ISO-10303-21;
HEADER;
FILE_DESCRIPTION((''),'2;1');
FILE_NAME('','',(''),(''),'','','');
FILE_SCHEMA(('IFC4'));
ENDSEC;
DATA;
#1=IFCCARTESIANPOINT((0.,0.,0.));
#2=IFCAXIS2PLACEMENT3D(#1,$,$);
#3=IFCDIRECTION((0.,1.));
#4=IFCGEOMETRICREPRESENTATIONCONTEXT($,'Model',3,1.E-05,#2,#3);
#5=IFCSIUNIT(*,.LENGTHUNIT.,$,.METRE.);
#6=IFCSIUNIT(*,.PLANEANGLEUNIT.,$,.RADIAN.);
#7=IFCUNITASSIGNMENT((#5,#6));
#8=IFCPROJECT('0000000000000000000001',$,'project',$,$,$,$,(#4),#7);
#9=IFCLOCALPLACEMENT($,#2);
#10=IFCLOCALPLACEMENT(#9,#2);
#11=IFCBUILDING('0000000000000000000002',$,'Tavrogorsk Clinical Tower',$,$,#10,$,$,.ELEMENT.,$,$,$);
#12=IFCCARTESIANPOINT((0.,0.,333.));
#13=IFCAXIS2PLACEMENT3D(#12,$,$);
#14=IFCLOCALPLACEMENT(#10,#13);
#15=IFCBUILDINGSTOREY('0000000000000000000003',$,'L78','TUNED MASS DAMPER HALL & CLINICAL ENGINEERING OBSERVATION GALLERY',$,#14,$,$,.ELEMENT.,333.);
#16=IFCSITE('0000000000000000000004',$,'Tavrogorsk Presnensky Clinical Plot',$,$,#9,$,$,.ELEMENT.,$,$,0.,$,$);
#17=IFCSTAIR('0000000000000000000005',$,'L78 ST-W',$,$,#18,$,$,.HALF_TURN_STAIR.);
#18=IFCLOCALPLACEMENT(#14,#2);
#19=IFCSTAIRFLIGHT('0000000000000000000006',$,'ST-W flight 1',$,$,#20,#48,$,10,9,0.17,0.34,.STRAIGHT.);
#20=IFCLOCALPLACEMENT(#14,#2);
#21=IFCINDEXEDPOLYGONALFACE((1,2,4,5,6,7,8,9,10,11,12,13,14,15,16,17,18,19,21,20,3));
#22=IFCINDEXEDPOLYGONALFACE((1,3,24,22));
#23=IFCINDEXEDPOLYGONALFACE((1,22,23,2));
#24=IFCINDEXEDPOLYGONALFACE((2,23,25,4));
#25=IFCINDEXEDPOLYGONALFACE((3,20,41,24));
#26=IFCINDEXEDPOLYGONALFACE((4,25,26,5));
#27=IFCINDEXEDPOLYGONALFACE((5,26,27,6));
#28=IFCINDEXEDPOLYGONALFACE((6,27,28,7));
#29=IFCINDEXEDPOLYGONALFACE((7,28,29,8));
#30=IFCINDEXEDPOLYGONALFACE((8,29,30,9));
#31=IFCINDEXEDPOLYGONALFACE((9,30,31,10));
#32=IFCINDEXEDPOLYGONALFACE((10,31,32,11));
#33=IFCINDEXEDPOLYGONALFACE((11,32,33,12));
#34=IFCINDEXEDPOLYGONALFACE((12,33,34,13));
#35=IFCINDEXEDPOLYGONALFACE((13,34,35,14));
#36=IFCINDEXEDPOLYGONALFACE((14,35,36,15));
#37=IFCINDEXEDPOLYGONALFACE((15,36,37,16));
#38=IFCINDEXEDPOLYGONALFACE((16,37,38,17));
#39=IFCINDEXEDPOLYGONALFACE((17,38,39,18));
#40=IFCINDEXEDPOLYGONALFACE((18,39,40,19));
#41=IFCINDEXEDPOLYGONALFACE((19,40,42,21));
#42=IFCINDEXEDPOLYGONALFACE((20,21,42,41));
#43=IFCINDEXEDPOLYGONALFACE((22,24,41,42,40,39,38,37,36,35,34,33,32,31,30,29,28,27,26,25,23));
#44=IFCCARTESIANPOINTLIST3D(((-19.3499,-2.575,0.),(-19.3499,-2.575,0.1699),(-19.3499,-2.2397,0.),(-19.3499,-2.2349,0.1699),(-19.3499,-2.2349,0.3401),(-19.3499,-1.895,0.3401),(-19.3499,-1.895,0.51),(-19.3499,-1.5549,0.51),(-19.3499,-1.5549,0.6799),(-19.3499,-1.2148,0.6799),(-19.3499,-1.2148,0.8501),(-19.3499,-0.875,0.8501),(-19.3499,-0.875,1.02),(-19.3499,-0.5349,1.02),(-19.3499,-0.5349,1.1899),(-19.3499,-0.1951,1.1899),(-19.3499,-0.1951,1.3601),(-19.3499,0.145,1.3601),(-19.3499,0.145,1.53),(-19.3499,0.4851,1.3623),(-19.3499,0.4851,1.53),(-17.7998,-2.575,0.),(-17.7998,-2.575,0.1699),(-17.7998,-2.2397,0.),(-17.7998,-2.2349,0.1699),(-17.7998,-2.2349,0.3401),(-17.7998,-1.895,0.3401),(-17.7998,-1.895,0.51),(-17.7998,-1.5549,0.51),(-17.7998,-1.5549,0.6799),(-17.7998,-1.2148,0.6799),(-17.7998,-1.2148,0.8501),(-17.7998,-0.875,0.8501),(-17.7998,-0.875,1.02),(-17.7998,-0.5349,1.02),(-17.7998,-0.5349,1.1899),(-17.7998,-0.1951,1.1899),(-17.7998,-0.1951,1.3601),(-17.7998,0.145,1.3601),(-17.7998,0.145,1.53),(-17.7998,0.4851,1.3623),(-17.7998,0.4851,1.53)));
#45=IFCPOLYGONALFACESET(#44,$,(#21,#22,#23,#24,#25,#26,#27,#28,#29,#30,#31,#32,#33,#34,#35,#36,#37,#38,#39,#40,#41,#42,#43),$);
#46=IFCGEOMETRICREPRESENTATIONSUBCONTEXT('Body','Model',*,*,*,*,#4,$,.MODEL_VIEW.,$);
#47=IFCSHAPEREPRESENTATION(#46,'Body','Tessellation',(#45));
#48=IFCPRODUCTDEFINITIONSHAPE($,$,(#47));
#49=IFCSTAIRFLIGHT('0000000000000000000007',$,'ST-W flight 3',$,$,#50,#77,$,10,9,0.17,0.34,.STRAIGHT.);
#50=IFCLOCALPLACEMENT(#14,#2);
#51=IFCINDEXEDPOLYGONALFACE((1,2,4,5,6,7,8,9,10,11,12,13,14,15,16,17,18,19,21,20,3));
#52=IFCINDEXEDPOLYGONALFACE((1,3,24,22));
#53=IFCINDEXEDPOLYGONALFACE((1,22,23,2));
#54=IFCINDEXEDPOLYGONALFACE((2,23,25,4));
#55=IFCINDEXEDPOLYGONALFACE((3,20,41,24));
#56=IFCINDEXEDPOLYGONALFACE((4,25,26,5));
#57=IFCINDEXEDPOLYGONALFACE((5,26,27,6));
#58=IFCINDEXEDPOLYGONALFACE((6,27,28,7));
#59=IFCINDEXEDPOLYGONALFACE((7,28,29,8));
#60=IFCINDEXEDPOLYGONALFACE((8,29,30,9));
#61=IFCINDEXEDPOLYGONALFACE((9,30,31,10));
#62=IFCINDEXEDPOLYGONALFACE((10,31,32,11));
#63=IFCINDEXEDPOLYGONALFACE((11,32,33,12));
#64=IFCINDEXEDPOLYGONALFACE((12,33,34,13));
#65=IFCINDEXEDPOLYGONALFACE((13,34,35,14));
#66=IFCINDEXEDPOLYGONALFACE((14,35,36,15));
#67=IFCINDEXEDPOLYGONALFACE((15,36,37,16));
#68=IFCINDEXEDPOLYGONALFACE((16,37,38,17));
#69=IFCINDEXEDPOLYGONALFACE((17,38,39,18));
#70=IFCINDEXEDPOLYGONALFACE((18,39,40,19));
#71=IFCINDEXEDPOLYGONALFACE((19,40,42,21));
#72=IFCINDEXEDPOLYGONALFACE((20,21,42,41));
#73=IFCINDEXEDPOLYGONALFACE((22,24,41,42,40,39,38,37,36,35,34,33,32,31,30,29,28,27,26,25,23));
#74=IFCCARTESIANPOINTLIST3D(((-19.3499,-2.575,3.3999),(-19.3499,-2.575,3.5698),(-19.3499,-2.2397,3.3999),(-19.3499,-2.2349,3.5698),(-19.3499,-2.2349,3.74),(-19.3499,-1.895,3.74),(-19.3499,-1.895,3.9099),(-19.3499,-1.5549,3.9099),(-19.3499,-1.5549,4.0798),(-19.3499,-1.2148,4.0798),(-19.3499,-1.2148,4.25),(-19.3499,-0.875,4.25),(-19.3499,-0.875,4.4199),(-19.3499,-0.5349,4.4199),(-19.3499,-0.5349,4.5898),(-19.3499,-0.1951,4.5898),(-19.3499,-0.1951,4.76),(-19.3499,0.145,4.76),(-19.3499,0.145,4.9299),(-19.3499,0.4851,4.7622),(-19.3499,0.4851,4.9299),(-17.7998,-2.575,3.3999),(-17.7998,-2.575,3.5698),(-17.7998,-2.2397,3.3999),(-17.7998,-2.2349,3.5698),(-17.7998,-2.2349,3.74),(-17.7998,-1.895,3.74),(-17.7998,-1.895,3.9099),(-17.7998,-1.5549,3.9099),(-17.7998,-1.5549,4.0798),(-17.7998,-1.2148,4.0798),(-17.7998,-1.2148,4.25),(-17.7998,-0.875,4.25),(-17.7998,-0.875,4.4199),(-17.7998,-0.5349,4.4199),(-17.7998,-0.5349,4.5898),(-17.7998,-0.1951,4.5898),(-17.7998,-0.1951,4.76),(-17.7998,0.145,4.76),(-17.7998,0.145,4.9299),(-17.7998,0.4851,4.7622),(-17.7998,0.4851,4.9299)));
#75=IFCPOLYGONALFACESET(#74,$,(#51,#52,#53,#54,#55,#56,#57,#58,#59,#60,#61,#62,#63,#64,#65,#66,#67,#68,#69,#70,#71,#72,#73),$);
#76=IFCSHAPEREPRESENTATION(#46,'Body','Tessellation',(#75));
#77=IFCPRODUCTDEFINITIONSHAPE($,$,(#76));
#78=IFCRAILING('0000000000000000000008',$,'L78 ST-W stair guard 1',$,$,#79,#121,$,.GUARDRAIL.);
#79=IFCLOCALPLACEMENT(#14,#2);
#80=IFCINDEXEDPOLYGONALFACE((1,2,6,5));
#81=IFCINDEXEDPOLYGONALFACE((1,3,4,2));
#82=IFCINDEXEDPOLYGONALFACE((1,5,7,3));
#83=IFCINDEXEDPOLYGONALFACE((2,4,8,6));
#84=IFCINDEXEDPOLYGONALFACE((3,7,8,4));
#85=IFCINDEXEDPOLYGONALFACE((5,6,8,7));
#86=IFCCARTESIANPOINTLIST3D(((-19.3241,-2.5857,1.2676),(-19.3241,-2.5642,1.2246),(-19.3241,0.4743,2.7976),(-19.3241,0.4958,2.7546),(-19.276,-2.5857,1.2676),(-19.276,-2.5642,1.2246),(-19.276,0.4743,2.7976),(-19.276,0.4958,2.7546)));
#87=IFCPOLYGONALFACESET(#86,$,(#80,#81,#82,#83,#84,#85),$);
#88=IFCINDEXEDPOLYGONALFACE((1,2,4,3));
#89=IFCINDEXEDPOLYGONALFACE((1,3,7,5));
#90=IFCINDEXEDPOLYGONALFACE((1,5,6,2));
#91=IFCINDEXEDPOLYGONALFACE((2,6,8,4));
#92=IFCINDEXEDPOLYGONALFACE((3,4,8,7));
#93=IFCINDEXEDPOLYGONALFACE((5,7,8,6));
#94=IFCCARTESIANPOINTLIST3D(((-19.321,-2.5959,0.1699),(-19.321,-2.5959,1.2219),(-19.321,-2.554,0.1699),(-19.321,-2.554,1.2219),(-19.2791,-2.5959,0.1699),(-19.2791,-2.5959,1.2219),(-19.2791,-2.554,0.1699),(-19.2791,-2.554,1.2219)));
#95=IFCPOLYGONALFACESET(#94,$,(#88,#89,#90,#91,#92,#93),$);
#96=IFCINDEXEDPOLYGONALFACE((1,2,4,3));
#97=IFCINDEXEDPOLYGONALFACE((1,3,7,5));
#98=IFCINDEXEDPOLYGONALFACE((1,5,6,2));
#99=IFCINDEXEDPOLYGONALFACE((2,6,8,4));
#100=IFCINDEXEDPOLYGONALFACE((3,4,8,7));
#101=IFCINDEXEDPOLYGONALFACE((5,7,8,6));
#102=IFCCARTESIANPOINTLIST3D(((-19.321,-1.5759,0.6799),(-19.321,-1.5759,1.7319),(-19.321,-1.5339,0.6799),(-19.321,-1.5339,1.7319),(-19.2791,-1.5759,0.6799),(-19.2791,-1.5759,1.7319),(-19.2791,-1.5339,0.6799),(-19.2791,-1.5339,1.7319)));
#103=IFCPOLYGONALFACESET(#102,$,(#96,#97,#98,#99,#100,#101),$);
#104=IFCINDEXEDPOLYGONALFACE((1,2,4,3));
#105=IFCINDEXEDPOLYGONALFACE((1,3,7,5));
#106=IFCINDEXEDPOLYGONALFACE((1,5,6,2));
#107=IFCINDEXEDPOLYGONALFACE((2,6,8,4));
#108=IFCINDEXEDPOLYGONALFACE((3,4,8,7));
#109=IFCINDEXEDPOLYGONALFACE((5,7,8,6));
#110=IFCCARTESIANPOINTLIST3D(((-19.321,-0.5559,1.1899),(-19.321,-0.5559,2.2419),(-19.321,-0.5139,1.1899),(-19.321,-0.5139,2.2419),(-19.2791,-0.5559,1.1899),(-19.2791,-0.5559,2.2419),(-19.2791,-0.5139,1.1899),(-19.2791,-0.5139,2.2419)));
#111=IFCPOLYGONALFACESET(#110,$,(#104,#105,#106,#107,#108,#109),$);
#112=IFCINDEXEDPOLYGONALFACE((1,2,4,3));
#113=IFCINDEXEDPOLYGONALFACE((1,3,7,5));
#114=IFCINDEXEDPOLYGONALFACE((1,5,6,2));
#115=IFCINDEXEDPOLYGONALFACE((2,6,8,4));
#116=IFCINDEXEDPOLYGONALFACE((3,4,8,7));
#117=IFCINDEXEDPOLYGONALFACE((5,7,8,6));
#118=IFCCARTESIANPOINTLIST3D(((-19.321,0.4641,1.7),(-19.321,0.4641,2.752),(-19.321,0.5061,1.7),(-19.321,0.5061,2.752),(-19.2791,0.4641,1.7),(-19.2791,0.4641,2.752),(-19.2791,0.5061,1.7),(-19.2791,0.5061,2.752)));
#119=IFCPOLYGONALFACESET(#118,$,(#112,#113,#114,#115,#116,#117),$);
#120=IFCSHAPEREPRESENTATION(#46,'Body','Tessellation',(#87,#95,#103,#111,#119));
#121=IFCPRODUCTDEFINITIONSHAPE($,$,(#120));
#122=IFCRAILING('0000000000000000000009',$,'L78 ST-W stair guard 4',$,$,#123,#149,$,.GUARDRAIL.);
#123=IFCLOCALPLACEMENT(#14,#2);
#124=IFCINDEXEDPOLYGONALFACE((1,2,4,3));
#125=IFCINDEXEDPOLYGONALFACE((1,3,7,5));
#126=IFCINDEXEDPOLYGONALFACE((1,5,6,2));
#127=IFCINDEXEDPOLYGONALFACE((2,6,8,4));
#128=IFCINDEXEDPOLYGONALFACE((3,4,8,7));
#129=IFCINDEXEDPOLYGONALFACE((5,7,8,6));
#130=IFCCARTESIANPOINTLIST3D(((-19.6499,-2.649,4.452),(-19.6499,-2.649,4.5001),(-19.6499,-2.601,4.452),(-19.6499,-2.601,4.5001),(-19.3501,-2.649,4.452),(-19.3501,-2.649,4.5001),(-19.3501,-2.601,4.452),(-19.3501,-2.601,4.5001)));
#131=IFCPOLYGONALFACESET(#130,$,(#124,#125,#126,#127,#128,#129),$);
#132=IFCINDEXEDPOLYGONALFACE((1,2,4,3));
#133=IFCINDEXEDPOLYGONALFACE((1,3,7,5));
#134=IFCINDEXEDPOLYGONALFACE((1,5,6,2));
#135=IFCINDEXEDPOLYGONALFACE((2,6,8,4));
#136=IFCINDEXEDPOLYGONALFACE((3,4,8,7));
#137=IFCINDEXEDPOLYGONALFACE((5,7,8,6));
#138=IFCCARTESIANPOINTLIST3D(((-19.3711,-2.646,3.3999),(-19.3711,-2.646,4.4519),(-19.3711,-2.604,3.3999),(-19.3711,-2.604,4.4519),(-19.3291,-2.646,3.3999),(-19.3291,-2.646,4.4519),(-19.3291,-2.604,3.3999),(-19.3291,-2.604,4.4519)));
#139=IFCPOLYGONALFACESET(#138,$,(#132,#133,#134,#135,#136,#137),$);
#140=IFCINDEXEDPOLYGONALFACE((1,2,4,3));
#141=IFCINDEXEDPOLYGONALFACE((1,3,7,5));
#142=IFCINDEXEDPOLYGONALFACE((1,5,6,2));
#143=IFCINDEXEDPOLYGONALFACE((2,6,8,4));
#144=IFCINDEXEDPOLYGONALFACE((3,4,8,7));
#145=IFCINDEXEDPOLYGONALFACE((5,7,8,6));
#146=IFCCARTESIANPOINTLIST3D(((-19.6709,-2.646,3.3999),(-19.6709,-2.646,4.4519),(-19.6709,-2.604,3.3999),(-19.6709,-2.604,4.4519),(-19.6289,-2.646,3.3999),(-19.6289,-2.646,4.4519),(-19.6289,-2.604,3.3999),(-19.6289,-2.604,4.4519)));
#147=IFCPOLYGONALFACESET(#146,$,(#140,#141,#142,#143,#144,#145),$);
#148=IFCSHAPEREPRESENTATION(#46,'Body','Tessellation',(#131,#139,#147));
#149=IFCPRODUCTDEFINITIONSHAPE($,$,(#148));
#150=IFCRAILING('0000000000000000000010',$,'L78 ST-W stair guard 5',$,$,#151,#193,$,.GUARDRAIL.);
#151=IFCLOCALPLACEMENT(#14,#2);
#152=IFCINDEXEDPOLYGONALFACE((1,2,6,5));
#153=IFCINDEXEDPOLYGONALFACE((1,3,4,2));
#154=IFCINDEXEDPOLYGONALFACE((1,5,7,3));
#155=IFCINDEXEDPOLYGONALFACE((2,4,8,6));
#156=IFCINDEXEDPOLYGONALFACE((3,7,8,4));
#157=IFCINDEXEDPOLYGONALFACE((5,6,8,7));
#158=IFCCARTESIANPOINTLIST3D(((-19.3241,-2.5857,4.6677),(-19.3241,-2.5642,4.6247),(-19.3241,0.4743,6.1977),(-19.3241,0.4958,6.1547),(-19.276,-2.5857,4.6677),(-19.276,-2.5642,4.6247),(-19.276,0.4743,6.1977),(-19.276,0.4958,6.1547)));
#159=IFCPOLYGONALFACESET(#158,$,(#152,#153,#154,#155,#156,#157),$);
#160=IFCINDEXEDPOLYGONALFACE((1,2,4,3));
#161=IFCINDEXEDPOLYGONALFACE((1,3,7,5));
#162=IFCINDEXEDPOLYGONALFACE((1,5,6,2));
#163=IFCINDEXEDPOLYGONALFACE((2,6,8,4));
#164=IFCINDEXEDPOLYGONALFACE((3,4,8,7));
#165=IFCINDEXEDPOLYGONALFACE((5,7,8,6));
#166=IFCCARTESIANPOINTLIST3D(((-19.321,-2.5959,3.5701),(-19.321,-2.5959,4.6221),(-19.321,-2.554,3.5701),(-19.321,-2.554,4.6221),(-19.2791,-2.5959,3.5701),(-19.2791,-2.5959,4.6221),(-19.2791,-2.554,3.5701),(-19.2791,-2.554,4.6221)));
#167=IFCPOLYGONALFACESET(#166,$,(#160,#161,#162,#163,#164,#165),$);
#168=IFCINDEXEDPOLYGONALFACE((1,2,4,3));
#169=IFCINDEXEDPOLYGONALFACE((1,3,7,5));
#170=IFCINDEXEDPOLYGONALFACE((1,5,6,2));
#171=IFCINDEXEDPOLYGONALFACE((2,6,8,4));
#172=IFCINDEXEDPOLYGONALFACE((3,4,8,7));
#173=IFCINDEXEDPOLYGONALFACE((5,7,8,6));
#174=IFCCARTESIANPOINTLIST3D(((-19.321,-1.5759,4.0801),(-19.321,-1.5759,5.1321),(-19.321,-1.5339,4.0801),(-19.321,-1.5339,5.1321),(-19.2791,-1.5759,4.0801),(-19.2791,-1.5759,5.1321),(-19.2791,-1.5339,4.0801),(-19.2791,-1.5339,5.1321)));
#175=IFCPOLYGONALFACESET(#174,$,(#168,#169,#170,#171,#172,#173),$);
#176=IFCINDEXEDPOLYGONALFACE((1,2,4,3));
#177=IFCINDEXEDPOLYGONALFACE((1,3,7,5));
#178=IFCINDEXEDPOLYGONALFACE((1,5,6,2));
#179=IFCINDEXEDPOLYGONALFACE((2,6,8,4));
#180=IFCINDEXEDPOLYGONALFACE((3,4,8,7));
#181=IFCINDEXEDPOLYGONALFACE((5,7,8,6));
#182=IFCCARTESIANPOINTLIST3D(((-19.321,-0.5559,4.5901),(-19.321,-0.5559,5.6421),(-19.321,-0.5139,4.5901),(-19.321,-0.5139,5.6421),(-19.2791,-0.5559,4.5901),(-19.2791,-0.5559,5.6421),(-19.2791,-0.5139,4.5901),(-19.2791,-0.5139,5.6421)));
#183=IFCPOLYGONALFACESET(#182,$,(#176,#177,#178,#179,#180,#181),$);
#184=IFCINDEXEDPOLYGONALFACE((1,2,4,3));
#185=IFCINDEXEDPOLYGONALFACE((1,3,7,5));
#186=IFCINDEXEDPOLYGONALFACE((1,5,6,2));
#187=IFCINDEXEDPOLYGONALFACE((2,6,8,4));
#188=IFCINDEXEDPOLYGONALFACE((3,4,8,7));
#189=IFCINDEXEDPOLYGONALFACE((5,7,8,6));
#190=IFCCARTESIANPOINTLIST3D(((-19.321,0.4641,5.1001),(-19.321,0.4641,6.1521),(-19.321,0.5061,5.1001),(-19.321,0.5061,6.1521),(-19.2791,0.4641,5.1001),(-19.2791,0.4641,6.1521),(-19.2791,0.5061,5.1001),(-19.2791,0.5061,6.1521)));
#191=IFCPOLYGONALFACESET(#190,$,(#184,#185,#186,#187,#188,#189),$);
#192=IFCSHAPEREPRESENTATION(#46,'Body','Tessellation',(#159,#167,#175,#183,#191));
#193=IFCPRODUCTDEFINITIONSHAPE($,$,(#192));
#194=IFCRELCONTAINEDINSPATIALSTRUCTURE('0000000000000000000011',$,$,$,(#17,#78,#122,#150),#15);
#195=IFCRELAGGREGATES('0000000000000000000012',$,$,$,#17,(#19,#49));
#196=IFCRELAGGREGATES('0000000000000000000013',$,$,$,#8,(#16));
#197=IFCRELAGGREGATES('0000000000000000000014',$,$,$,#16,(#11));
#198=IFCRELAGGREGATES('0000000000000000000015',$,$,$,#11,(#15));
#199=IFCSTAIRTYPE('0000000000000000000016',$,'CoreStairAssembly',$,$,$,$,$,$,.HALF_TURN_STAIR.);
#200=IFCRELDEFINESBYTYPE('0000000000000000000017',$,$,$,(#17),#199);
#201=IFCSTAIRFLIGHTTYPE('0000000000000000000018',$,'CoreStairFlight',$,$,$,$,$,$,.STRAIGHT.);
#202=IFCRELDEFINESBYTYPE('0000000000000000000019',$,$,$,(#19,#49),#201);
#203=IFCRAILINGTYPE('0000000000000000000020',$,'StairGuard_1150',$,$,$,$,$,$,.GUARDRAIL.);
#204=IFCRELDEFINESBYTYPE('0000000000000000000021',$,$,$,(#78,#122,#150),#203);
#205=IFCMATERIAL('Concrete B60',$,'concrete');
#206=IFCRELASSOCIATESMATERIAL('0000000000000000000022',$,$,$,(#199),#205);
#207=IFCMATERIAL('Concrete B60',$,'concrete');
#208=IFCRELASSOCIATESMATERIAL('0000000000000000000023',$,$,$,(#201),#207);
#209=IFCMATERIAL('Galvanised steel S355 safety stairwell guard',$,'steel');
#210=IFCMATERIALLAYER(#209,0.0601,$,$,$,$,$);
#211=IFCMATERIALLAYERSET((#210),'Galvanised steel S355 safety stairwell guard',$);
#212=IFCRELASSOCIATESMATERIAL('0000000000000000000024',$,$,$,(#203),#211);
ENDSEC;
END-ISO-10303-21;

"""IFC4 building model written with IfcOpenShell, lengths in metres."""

from ifc_helpers import new_model, si_unit, direction, frame, origin, origin_2d, place, context, subcontext, project, spatial, polyline, rectangle, outline, extrude, material, layer, layer_set, type_object, element, aggregate, save


model = new_model("IFC4")

# Units and contexts
model_context = context("Model", 3, precision=1e-05, world=origin(), true_north=direction((0.0, 1.0)))
body_context = subcontext(model_context, "Body", "Model", "MODEL_VIEW")
ifc_project = project(units=[si_unit("LENGTHUNIT", "METRE"), si_unit("PLANEANGLEUNIT", "RADIAN")], contexts=[model_context])

# Site, building, storey
site_placement = place(None, origin())
site = spatial("IfcSite", under=ifc_project, at=site_placement, Name="Tavrogorsk Presnensky Clinical Plot", CompositionType="ELEMENT", RefElevation=0.0)
building_placement = place(site_placement, origin())
building = spatial("IfcBuilding", under=site, at=building_placement, Name="Tavrogorsk Clinical Tower", CompositionType="ELEMENT")
storey_placement = place(building_placement, frame((0.0, 0.0, 333.0)))
storey = spatial("IfcBuildingStorey", under=building, at=storey_placement, Name="L78", Description="TUNED MASS DAMPER HALL & CLINICAL ENGINEERING OBSERVATION GALLERY", CompositionType="ELEMENT", Elevation=333.0)

# Stair, stair flights
ifc_material_1 = material(Name="Concrete B60", Category="concrete")
stair_type = type_object("IfcStairType", Name="CoreStairAssembly", PredefinedType="HALF_TURN_STAIR", material=ifc_material_1)
stair_placement = place(storey_placement, origin())
stair = element("IfcStair", 1, at=stair_placement, inside=storey, type_object=stair_type, Name="L78 ST-W", PredefinedType="HALF_TURN_STAIR")
ifc_material_2 = material(Name="Concrete B60", Category="concrete")
stair_flight_type = type_object("IfcStairFlightType", Name="CoreStairFlight", PredefinedType="STRAIGHT", material=ifc_material_2)
stair_flight_1_placement = place(storey_placement, frame((-18.575, -2.575, 0.0), z_axis=(0.0, 0.0, 1.0), x_axis=(0.0, 1.0, 0.0)))
stair_flight_1 = element("IfcStairFlight", 2, at=stair_flight_1_placement, type_object=stair_flight_type, Name="ST-W flight 1", NumberOfRisers=10, NumberOfTreads=9, PredefinedType="STRAIGHT", RiserHeight=0.17, TreadLength=0.34, context=body_context, shape_type="SweptSolid", body=[
    extrude(outline(polyline([(0.0, 0.0), (0.0, 0.1699), (0.3401, 0.1699), (0.3401, 0.3401), (0.6799, 0.3401), (0.6799, 0.51), (1.02, 0.51), (1.02, 0.6799), (1.3601, 0.6799), (1.3601, 0.8501), (1.7, 0.8501), (1.7, 1.02), (2.04, 1.02), (2.04, 1.1899), (2.3799, 1.1899), (2.3799, 1.3601), (2.72, 1.3601), (2.72, 1.53), (3.0601, 1.53), (3.0601, 1.7), (3.0601, 1.3623), (0.3352, 0.0), (0.0, 0.0)])), frame((0.0, 0.7749, 0.0), z_axis=(0.0, -1.0, 0.0), x_axis=(1.0, 0.0, 0.0)), (0.0, 0.0, 1.0), 1.55),
])
stair_flight_2_placement = place(storey_placement, frame((-18.575, -2.575, 3.3999), z_axis=(0.0, 0.0, 1.0), x_axis=(0.0, 1.0, 0.0)))
stair_flight_2 = element("IfcStairFlight", 3, at=stair_flight_2_placement, type_object=stair_flight_type, Name="ST-W flight 3", NumberOfRisers=10, NumberOfTreads=9, PredefinedType="STRAIGHT", RiserHeight=0.17, TreadLength=0.34, context=body_context, shape_type="SweptSolid", body=[
    extrude(outline(polyline([(0.0, 0.0), (0.0, 0.1699), (0.3401, 0.1699), (0.3401, 0.3401), (0.6799, 0.3401), (0.6799, 0.51), (1.02, 0.51), (1.02, 0.6799), (1.3601, 0.6799), (1.3601, 0.8501), (1.7, 0.8501), (1.7, 1.02), (2.04, 1.02), (2.04, 1.1899), (2.3799, 1.1899), (2.3799, 1.3601), (2.72, 1.3601), (2.72, 1.53), (3.0601, 1.53), (3.0601, 1.7), (3.0601, 1.3623), (0.3352, 0.0), (0.0, 0.0)])), frame((0.0, 0.7749, 0.0), z_axis=(0.0, -1.0, 0.0), x_axis=(1.0, 0.0, 0.0)), (0.0, 0.0, 1.0), 1.55),
])
aggregate(stair, [stair_flight_1, stair_flight_2])

# Railings
ifc_material_3 = material(Name="Galvanised steel S355 safety stairwell guard", Category="steel")
ifc_layer_1 = layer(ifc_material_3, 0.0601)
ifc_layer_set_1 = layer_set([ifc_layer_1], Name="Galvanised steel S355 safety stairwell guard")
railing_type_1 = type_object("IfcRailingType", Name="StairGuard_1150", PredefinedType="GUARDRAIL", material=ifc_layer_set_1)
railing_1_placement = place(storey_placement, frame((-19.3, -2.575, 0.1699)))
element("IfcRailing", 4, at=railing_1_placement, inside=storey, type_object=railing_type_1, Name="L78 ST-W stair guard 1", PredefinedType="GUARDRAIL", context=body_context, shape_type="SweptSolid", body=[
    extrude(rectangle(XDim=0.0481, YDim=0.0481, at=origin_2d()), frame((0.0, 0.0, 1.0762), z_axis=(0.0, 0.894427, 0.447214), x_axis=(-1.0, 0.0, 0.0)), (0.0, 0.0, 1.0), 3.4211),
    extrude(rectangle(XDim=0.042, YDim=0.042, at=origin_2d()), origin(), (0.0, 0.0, 1.0), 1.052),
    extrude(rectangle(XDim=0.042, YDim=0.042, at=origin_2d()), frame((0.0, 1.02, 0.51)), (0.0, 0.0, 1.0), 1.052),
    extrude(rectangle(XDim=0.042, YDim=0.042, at=origin_2d()), frame((0.0, 2.04, 1.02)), (0.0, 0.0, 1.0), 1.052),
    extrude(rectangle(XDim=0.042, YDim=0.042, at=origin_2d()), frame((0.0, 3.0601, 1.53)), (0.0, 0.0, 1.0), 1.052),
])
railing_2_placement = place(storey_placement, frame((-19.3501, -2.625, 3.3999)))
element("IfcRailing", 5, at=railing_2_placement, inside=storey, type_object=railing_type_1, Name="L78 ST-W stair guard 4", PredefinedType="GUARDRAIL", context=body_context, shape_type="SweptSolid", body=[
    extrude(rectangle(XDim=0.0481, YDim=0.0481, at=origin_2d()), frame((0.0, 0.0, 1.0762), z_axis=(-1.0, 0.0, 0.0), x_axis=(0.0, -1.0, 0.0)), (0.0, 0.0, 1.0), 0.2998),
    extrude(rectangle(XDim=0.042, YDim=0.042, at=origin_2d()), origin(), (0.0, 0.0, 1.0), 1.052),
    extrude(rectangle(XDim=0.042, YDim=0.042, at=origin_2d()), frame((-0.2998, 0.0, 0.0)), (0.0, 0.0, 1.0), 1.052),
])
railing_3_placement = place(storey_placement, frame((-19.3, -2.575, 3.5701)))
element("IfcRailing", 6, at=railing_3_placement, inside=storey, type_object=railing_type_1, Name="L78 ST-W stair guard 5", PredefinedType="GUARDRAIL", context=body_context, shape_type="SweptSolid", body=[
    extrude(rectangle(XDim=0.0481, YDim=0.0481, at=origin_2d()), frame((0.0, 0.0, 1.0762), z_axis=(0.0, 0.894427, 0.447214), x_axis=(-1.0, 0.0, 0.0)), (0.0, 0.0, 1.0), 3.4211),
    extrude(rectangle(XDim=0.042, YDim=0.042, at=origin_2d()), origin(), (0.0, 0.0, 1.0), 1.052),
    extrude(rectangle(XDim=0.042, YDim=0.042, at=origin_2d()), frame((0.0, 1.02, 0.51)), (0.0, 0.0, 1.0), 1.052),
    extrude(rectangle(XDim=0.042, YDim=0.042, at=origin_2d()), frame((0.0, 2.04, 1.02)), (0.0, 0.0, 1.0), 1.052),
    extrude(rectangle(XDim=0.042, YDim=0.042, at=origin_2d()), frame((0.0, 3.0601, 1.53)), (0.0, 0.0, 1.0), 1.052),
])

save(model, "model.ifc")
